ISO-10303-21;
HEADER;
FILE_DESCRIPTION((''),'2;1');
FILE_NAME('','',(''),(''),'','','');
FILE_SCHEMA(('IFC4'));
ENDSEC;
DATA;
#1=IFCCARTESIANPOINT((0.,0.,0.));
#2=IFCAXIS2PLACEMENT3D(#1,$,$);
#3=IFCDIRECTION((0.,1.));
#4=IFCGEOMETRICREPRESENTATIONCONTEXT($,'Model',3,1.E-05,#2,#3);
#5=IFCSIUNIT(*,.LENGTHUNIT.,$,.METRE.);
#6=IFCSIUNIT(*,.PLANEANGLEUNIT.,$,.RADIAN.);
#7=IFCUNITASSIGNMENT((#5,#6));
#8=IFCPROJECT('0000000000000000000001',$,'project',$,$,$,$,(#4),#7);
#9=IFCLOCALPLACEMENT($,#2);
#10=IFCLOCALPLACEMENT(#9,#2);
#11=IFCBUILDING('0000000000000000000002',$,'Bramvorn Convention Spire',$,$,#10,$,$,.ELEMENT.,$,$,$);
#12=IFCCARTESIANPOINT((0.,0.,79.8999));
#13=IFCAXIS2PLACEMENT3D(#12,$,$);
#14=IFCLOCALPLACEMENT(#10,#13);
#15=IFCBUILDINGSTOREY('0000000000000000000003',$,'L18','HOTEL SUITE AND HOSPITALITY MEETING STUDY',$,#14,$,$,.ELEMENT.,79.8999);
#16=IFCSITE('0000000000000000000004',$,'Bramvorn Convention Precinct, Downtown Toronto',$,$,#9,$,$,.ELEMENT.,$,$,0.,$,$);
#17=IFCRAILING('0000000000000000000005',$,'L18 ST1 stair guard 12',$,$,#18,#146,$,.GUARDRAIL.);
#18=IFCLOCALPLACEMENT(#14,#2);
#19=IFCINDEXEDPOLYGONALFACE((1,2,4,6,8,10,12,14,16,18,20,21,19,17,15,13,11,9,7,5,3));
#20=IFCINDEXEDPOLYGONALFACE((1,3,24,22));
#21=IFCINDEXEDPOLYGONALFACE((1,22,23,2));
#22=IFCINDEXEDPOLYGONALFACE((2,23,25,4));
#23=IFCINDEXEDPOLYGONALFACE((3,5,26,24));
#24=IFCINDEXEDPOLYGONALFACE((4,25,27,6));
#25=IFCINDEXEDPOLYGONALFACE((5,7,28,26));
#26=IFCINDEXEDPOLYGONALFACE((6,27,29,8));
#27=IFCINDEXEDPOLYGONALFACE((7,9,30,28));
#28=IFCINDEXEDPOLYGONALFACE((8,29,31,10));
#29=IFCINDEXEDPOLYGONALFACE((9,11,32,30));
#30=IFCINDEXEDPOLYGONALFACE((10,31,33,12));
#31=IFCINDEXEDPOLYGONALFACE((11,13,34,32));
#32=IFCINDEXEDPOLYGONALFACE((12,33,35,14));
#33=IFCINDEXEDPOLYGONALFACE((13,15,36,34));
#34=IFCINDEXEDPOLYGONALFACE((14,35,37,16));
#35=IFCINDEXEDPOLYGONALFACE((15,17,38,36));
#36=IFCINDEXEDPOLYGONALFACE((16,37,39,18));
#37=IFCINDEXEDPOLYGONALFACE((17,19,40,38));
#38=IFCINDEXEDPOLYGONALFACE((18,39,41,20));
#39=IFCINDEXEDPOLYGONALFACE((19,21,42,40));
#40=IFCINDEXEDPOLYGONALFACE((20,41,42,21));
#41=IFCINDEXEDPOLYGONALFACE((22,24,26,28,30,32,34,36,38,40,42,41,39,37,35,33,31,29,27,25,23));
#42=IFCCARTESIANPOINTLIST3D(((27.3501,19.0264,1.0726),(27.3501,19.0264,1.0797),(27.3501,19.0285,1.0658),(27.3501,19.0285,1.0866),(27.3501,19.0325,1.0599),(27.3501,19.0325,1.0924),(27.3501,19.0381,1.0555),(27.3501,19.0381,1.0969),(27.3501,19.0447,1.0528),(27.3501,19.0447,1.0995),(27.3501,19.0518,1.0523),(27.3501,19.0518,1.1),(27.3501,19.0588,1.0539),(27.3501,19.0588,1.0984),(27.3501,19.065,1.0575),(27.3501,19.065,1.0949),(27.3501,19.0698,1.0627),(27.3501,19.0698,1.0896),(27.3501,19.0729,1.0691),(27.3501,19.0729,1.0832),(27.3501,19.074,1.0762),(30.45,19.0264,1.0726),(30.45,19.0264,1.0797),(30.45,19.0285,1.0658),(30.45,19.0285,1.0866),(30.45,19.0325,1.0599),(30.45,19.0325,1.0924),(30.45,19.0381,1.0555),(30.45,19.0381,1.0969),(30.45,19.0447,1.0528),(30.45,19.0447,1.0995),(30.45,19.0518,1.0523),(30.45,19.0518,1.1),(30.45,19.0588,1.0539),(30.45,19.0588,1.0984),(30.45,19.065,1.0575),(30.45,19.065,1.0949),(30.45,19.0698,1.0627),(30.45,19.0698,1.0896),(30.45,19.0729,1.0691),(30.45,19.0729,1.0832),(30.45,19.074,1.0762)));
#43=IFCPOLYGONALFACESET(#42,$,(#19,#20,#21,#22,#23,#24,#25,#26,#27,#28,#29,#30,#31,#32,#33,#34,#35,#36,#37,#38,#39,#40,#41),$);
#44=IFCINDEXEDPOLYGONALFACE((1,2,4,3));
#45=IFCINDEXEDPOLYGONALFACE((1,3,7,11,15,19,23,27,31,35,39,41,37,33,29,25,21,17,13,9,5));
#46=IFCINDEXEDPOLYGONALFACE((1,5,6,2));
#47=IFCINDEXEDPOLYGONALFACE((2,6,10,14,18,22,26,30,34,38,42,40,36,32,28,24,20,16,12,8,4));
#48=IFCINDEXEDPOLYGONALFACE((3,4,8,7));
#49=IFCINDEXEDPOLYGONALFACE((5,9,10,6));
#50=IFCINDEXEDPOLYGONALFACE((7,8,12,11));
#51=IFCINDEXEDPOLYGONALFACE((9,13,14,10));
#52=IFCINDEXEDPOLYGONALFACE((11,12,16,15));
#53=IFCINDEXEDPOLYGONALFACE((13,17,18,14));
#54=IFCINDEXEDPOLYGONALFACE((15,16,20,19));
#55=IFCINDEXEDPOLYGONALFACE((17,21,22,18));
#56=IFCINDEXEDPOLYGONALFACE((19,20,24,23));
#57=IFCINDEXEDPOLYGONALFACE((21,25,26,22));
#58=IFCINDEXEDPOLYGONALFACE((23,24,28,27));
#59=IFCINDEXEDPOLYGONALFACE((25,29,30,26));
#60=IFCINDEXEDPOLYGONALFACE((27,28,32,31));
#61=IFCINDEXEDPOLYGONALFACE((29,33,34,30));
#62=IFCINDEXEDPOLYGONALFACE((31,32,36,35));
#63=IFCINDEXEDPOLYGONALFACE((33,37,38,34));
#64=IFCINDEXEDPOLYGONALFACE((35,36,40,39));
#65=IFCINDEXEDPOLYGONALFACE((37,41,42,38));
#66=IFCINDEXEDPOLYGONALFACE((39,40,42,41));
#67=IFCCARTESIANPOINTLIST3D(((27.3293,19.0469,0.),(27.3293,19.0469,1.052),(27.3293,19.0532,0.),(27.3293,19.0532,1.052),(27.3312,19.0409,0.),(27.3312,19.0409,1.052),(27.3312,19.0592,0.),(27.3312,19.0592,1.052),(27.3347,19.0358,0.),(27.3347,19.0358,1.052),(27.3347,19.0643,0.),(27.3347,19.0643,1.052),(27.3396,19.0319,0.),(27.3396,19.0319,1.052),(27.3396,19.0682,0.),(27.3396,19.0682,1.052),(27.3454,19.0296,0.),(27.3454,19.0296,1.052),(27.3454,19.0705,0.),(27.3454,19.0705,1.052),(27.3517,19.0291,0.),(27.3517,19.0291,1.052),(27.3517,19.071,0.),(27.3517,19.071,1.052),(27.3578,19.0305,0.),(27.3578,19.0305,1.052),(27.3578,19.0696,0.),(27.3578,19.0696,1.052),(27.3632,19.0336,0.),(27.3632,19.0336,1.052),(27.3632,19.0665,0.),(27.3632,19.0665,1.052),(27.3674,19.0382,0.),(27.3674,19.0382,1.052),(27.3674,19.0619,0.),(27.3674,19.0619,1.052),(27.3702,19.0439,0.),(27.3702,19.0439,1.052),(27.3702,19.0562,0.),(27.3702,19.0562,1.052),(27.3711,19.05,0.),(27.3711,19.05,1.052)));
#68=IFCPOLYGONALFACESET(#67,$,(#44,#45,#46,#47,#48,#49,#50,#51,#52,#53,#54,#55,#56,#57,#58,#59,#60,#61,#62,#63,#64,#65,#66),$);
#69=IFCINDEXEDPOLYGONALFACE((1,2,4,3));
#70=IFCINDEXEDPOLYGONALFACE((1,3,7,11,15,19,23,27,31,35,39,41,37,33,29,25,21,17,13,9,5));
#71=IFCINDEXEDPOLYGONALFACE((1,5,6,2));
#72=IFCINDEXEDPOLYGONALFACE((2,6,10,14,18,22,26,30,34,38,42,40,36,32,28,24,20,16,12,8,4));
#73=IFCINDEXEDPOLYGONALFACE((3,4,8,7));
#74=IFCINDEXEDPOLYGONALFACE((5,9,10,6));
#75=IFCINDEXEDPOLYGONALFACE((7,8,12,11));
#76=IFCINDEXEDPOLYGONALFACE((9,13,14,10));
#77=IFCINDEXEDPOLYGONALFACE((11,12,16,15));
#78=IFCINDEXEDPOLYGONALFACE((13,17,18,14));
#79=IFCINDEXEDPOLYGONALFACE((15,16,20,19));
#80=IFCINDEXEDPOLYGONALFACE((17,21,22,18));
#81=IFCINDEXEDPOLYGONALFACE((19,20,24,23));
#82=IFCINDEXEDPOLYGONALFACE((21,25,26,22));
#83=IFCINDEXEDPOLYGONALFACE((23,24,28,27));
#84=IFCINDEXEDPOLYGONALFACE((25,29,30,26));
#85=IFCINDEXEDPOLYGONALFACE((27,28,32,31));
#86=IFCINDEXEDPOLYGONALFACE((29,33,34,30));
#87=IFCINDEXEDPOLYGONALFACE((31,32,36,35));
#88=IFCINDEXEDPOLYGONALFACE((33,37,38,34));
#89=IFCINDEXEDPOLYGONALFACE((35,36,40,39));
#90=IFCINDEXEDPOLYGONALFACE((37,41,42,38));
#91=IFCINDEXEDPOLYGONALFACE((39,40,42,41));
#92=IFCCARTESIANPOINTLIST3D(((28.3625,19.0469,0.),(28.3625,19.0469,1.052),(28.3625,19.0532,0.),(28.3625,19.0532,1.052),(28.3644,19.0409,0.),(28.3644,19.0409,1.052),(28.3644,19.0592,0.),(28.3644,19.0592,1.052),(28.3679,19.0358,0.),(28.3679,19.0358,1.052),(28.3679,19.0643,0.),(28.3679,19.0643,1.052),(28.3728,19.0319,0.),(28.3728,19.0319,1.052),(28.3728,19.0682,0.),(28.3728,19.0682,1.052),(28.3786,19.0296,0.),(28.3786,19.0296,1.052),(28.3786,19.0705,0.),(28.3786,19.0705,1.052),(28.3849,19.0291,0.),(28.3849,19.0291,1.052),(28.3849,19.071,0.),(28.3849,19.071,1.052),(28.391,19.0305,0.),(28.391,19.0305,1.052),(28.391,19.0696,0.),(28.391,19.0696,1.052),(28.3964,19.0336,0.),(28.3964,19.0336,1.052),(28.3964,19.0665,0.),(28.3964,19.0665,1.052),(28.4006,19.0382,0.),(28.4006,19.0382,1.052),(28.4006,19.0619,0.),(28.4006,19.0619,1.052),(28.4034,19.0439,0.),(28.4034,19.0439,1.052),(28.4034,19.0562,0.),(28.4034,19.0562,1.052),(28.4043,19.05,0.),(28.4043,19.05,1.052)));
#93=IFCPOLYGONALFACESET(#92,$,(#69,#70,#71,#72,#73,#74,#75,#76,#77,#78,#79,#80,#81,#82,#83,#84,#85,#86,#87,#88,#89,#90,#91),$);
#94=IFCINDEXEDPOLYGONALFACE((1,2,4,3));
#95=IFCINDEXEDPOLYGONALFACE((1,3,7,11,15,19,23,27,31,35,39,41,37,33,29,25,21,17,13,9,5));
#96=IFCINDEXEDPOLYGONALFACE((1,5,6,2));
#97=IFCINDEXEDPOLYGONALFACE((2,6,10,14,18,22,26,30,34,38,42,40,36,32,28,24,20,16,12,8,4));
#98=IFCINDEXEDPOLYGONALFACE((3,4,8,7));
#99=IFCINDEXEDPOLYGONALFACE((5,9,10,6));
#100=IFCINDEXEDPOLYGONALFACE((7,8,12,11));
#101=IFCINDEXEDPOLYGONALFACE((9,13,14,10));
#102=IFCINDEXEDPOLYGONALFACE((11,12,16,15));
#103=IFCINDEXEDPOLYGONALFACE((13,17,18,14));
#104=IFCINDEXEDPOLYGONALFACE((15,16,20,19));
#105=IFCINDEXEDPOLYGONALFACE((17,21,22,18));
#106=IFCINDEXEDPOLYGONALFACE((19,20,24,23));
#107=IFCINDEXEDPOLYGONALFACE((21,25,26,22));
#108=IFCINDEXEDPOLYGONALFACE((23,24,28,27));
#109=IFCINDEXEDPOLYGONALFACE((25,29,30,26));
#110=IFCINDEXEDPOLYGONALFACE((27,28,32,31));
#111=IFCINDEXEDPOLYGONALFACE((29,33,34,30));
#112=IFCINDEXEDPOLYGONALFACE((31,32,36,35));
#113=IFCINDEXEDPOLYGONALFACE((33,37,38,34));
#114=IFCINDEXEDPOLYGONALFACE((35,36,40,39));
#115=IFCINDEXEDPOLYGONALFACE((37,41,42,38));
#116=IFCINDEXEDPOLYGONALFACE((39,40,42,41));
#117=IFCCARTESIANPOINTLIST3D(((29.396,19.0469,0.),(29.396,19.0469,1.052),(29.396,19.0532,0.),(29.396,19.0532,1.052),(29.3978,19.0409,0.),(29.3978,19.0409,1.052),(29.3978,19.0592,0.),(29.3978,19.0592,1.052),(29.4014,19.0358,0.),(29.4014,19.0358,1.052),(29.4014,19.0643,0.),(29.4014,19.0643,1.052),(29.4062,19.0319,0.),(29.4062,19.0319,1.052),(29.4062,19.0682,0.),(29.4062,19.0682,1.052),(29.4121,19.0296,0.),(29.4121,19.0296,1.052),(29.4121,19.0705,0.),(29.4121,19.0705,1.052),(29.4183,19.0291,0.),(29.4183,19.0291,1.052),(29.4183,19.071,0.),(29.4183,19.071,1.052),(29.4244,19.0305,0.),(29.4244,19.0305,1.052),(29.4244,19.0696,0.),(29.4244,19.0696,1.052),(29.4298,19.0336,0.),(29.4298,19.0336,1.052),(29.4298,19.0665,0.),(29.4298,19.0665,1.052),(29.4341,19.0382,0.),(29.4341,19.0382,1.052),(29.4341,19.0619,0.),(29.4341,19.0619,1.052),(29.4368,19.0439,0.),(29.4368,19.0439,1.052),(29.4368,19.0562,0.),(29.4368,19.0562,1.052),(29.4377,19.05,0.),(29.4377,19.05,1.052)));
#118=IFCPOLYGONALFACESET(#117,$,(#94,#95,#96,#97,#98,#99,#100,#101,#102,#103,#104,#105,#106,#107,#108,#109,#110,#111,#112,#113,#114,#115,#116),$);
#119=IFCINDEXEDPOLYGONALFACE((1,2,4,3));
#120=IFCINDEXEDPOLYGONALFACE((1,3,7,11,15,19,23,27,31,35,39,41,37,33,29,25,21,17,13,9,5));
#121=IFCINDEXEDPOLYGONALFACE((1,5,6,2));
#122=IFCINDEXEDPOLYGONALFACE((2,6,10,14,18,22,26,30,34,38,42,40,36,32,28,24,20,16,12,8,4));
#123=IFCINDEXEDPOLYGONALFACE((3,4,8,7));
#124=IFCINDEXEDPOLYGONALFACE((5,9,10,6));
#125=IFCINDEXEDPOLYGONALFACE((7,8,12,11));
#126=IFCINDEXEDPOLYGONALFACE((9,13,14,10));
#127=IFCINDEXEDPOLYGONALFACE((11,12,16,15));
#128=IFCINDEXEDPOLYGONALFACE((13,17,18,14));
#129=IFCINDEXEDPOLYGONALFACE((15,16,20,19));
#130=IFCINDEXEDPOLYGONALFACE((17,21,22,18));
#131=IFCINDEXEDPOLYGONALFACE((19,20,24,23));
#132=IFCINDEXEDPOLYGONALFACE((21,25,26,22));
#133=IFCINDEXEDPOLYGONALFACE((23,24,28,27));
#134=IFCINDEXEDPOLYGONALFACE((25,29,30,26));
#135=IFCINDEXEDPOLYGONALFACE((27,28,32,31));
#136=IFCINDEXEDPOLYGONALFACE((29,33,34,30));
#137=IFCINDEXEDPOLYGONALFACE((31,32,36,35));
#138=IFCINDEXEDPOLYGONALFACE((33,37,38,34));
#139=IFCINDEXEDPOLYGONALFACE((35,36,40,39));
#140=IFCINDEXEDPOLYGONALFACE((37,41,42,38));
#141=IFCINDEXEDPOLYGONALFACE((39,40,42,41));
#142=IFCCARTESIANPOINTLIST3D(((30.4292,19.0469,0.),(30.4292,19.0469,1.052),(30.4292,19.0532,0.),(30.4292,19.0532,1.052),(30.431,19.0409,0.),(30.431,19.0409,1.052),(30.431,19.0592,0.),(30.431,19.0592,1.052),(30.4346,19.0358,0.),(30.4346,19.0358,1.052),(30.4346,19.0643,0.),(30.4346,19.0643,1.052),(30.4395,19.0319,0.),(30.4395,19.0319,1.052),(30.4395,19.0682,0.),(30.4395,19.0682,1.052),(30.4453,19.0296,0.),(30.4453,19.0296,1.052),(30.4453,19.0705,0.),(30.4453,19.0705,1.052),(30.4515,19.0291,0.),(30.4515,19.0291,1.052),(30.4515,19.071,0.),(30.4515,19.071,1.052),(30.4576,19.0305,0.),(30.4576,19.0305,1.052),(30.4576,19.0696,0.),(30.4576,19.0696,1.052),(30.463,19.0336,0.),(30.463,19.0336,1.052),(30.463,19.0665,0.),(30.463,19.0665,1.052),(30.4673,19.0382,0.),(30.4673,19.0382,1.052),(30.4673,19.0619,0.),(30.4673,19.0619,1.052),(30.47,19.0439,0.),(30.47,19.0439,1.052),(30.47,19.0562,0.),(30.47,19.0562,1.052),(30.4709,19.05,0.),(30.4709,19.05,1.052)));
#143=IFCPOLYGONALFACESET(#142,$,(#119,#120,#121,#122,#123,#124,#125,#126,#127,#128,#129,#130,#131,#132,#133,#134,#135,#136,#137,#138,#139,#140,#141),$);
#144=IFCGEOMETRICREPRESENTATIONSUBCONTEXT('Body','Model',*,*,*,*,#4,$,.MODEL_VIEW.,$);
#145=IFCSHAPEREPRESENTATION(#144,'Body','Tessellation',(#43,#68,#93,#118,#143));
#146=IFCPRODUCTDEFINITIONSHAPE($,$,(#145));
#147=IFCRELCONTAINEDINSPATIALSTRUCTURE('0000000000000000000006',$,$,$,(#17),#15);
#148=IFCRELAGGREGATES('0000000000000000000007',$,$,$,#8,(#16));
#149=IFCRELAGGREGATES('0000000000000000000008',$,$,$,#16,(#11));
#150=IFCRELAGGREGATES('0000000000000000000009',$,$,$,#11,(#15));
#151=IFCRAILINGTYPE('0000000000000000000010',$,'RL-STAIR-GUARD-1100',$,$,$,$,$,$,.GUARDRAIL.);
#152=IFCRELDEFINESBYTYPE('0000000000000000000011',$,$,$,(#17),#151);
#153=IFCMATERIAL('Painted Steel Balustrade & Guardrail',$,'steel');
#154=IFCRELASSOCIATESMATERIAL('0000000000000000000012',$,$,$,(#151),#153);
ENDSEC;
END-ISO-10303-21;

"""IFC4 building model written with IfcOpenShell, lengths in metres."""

from ifc_helpers import new_model, si_unit, direction, frame, origin, origin_2d, place, context, subcontext, project, spatial, circle, extrude, material, type_object, element, save


model = new_model("IFC4")

# Units and contexts
model_context = context("Model", 3, precision=1e-05, world=origin(), true_north=direction((0.0, 1.0)))
body_context = subcontext(model_context, "Body", "Model", "MODEL_VIEW")
ifc_project = project(units=[si_unit("LENGTHUNIT", "METRE"), si_unit("PLANEANGLEUNIT", "RADIAN")], contexts=[model_context])

# Site, building, storey
site_placement = place(None, origin())
site = spatial("IfcSite", under=ifc_project, at=site_placement, Name="Bramvorn Convention Precinct, Downtown Toronto", CompositionType="ELEMENT", RefElevation=0.0)
building_placement = place(site_placement, origin())
building = spatial("IfcBuilding", under=site, at=building_placement, Name="Bramvorn Convention Spire", CompositionType="ELEMENT")
storey_placement = place(building_placement, frame((0.0, 0.0, 79.8999)))
storey = spatial("IfcBuildingStorey", under=building, at=storey_placement, Name="L18", Description="HOTEL SUITE AND HOSPITALITY MEETING STUDY", CompositionType="ELEMENT", Elevation=79.8999)

# Railing
ifc_material_1 = material(Name="Painted Steel Balustrade & Guardrail", Category="steel")
railing_type = type_object("IfcRailingType", Name="RL-STAIR-GUARD-1100", PredefinedType="GUARDRAIL", material=ifc_material_1)
railing_1_placement = place(storey_placement, frame((27.3501, 19.05, 0.0)))
element("IfcRailing", 1, at=railing_1_placement, inside=storey, type_object=railing_type, Name="L18 ST1 stair guard 12", PredefinedType="GUARDRAIL", context=body_context, shape_type="SweptSolid", body=[
    extrude(circle(Radius=0.0239, at=origin_2d()), frame((0.0, 0.0, 1.0762), z_axis=(1.0, 0.0, 0.0), x_axis=(0.0, 1.0, 0.0)), (0.0, 0.0, 1.0), 3.0999),
    extrude(circle(Radius=0.021, at=origin_2d()), origin(), (0.0, 0.0, 1.0), 1.052),
    extrude(circle(Radius=0.021, at=origin_2d()), frame((1.0332, 0.0, 0.0)), (0.0, 0.0, 1.0), 1.052),
    extrude(circle(Radius=0.021, at=origin_2d()), frame((2.0667, 0.0, 0.0)), (0.0, 0.0, 1.0), 1.052),
    extrude(circle(Radius=0.021, at=origin_2d()), frame((3.0999, 0.0, 0.0)), (0.0, 0.0, 1.0), 1.052),
])

save(model, "model.ifc")
